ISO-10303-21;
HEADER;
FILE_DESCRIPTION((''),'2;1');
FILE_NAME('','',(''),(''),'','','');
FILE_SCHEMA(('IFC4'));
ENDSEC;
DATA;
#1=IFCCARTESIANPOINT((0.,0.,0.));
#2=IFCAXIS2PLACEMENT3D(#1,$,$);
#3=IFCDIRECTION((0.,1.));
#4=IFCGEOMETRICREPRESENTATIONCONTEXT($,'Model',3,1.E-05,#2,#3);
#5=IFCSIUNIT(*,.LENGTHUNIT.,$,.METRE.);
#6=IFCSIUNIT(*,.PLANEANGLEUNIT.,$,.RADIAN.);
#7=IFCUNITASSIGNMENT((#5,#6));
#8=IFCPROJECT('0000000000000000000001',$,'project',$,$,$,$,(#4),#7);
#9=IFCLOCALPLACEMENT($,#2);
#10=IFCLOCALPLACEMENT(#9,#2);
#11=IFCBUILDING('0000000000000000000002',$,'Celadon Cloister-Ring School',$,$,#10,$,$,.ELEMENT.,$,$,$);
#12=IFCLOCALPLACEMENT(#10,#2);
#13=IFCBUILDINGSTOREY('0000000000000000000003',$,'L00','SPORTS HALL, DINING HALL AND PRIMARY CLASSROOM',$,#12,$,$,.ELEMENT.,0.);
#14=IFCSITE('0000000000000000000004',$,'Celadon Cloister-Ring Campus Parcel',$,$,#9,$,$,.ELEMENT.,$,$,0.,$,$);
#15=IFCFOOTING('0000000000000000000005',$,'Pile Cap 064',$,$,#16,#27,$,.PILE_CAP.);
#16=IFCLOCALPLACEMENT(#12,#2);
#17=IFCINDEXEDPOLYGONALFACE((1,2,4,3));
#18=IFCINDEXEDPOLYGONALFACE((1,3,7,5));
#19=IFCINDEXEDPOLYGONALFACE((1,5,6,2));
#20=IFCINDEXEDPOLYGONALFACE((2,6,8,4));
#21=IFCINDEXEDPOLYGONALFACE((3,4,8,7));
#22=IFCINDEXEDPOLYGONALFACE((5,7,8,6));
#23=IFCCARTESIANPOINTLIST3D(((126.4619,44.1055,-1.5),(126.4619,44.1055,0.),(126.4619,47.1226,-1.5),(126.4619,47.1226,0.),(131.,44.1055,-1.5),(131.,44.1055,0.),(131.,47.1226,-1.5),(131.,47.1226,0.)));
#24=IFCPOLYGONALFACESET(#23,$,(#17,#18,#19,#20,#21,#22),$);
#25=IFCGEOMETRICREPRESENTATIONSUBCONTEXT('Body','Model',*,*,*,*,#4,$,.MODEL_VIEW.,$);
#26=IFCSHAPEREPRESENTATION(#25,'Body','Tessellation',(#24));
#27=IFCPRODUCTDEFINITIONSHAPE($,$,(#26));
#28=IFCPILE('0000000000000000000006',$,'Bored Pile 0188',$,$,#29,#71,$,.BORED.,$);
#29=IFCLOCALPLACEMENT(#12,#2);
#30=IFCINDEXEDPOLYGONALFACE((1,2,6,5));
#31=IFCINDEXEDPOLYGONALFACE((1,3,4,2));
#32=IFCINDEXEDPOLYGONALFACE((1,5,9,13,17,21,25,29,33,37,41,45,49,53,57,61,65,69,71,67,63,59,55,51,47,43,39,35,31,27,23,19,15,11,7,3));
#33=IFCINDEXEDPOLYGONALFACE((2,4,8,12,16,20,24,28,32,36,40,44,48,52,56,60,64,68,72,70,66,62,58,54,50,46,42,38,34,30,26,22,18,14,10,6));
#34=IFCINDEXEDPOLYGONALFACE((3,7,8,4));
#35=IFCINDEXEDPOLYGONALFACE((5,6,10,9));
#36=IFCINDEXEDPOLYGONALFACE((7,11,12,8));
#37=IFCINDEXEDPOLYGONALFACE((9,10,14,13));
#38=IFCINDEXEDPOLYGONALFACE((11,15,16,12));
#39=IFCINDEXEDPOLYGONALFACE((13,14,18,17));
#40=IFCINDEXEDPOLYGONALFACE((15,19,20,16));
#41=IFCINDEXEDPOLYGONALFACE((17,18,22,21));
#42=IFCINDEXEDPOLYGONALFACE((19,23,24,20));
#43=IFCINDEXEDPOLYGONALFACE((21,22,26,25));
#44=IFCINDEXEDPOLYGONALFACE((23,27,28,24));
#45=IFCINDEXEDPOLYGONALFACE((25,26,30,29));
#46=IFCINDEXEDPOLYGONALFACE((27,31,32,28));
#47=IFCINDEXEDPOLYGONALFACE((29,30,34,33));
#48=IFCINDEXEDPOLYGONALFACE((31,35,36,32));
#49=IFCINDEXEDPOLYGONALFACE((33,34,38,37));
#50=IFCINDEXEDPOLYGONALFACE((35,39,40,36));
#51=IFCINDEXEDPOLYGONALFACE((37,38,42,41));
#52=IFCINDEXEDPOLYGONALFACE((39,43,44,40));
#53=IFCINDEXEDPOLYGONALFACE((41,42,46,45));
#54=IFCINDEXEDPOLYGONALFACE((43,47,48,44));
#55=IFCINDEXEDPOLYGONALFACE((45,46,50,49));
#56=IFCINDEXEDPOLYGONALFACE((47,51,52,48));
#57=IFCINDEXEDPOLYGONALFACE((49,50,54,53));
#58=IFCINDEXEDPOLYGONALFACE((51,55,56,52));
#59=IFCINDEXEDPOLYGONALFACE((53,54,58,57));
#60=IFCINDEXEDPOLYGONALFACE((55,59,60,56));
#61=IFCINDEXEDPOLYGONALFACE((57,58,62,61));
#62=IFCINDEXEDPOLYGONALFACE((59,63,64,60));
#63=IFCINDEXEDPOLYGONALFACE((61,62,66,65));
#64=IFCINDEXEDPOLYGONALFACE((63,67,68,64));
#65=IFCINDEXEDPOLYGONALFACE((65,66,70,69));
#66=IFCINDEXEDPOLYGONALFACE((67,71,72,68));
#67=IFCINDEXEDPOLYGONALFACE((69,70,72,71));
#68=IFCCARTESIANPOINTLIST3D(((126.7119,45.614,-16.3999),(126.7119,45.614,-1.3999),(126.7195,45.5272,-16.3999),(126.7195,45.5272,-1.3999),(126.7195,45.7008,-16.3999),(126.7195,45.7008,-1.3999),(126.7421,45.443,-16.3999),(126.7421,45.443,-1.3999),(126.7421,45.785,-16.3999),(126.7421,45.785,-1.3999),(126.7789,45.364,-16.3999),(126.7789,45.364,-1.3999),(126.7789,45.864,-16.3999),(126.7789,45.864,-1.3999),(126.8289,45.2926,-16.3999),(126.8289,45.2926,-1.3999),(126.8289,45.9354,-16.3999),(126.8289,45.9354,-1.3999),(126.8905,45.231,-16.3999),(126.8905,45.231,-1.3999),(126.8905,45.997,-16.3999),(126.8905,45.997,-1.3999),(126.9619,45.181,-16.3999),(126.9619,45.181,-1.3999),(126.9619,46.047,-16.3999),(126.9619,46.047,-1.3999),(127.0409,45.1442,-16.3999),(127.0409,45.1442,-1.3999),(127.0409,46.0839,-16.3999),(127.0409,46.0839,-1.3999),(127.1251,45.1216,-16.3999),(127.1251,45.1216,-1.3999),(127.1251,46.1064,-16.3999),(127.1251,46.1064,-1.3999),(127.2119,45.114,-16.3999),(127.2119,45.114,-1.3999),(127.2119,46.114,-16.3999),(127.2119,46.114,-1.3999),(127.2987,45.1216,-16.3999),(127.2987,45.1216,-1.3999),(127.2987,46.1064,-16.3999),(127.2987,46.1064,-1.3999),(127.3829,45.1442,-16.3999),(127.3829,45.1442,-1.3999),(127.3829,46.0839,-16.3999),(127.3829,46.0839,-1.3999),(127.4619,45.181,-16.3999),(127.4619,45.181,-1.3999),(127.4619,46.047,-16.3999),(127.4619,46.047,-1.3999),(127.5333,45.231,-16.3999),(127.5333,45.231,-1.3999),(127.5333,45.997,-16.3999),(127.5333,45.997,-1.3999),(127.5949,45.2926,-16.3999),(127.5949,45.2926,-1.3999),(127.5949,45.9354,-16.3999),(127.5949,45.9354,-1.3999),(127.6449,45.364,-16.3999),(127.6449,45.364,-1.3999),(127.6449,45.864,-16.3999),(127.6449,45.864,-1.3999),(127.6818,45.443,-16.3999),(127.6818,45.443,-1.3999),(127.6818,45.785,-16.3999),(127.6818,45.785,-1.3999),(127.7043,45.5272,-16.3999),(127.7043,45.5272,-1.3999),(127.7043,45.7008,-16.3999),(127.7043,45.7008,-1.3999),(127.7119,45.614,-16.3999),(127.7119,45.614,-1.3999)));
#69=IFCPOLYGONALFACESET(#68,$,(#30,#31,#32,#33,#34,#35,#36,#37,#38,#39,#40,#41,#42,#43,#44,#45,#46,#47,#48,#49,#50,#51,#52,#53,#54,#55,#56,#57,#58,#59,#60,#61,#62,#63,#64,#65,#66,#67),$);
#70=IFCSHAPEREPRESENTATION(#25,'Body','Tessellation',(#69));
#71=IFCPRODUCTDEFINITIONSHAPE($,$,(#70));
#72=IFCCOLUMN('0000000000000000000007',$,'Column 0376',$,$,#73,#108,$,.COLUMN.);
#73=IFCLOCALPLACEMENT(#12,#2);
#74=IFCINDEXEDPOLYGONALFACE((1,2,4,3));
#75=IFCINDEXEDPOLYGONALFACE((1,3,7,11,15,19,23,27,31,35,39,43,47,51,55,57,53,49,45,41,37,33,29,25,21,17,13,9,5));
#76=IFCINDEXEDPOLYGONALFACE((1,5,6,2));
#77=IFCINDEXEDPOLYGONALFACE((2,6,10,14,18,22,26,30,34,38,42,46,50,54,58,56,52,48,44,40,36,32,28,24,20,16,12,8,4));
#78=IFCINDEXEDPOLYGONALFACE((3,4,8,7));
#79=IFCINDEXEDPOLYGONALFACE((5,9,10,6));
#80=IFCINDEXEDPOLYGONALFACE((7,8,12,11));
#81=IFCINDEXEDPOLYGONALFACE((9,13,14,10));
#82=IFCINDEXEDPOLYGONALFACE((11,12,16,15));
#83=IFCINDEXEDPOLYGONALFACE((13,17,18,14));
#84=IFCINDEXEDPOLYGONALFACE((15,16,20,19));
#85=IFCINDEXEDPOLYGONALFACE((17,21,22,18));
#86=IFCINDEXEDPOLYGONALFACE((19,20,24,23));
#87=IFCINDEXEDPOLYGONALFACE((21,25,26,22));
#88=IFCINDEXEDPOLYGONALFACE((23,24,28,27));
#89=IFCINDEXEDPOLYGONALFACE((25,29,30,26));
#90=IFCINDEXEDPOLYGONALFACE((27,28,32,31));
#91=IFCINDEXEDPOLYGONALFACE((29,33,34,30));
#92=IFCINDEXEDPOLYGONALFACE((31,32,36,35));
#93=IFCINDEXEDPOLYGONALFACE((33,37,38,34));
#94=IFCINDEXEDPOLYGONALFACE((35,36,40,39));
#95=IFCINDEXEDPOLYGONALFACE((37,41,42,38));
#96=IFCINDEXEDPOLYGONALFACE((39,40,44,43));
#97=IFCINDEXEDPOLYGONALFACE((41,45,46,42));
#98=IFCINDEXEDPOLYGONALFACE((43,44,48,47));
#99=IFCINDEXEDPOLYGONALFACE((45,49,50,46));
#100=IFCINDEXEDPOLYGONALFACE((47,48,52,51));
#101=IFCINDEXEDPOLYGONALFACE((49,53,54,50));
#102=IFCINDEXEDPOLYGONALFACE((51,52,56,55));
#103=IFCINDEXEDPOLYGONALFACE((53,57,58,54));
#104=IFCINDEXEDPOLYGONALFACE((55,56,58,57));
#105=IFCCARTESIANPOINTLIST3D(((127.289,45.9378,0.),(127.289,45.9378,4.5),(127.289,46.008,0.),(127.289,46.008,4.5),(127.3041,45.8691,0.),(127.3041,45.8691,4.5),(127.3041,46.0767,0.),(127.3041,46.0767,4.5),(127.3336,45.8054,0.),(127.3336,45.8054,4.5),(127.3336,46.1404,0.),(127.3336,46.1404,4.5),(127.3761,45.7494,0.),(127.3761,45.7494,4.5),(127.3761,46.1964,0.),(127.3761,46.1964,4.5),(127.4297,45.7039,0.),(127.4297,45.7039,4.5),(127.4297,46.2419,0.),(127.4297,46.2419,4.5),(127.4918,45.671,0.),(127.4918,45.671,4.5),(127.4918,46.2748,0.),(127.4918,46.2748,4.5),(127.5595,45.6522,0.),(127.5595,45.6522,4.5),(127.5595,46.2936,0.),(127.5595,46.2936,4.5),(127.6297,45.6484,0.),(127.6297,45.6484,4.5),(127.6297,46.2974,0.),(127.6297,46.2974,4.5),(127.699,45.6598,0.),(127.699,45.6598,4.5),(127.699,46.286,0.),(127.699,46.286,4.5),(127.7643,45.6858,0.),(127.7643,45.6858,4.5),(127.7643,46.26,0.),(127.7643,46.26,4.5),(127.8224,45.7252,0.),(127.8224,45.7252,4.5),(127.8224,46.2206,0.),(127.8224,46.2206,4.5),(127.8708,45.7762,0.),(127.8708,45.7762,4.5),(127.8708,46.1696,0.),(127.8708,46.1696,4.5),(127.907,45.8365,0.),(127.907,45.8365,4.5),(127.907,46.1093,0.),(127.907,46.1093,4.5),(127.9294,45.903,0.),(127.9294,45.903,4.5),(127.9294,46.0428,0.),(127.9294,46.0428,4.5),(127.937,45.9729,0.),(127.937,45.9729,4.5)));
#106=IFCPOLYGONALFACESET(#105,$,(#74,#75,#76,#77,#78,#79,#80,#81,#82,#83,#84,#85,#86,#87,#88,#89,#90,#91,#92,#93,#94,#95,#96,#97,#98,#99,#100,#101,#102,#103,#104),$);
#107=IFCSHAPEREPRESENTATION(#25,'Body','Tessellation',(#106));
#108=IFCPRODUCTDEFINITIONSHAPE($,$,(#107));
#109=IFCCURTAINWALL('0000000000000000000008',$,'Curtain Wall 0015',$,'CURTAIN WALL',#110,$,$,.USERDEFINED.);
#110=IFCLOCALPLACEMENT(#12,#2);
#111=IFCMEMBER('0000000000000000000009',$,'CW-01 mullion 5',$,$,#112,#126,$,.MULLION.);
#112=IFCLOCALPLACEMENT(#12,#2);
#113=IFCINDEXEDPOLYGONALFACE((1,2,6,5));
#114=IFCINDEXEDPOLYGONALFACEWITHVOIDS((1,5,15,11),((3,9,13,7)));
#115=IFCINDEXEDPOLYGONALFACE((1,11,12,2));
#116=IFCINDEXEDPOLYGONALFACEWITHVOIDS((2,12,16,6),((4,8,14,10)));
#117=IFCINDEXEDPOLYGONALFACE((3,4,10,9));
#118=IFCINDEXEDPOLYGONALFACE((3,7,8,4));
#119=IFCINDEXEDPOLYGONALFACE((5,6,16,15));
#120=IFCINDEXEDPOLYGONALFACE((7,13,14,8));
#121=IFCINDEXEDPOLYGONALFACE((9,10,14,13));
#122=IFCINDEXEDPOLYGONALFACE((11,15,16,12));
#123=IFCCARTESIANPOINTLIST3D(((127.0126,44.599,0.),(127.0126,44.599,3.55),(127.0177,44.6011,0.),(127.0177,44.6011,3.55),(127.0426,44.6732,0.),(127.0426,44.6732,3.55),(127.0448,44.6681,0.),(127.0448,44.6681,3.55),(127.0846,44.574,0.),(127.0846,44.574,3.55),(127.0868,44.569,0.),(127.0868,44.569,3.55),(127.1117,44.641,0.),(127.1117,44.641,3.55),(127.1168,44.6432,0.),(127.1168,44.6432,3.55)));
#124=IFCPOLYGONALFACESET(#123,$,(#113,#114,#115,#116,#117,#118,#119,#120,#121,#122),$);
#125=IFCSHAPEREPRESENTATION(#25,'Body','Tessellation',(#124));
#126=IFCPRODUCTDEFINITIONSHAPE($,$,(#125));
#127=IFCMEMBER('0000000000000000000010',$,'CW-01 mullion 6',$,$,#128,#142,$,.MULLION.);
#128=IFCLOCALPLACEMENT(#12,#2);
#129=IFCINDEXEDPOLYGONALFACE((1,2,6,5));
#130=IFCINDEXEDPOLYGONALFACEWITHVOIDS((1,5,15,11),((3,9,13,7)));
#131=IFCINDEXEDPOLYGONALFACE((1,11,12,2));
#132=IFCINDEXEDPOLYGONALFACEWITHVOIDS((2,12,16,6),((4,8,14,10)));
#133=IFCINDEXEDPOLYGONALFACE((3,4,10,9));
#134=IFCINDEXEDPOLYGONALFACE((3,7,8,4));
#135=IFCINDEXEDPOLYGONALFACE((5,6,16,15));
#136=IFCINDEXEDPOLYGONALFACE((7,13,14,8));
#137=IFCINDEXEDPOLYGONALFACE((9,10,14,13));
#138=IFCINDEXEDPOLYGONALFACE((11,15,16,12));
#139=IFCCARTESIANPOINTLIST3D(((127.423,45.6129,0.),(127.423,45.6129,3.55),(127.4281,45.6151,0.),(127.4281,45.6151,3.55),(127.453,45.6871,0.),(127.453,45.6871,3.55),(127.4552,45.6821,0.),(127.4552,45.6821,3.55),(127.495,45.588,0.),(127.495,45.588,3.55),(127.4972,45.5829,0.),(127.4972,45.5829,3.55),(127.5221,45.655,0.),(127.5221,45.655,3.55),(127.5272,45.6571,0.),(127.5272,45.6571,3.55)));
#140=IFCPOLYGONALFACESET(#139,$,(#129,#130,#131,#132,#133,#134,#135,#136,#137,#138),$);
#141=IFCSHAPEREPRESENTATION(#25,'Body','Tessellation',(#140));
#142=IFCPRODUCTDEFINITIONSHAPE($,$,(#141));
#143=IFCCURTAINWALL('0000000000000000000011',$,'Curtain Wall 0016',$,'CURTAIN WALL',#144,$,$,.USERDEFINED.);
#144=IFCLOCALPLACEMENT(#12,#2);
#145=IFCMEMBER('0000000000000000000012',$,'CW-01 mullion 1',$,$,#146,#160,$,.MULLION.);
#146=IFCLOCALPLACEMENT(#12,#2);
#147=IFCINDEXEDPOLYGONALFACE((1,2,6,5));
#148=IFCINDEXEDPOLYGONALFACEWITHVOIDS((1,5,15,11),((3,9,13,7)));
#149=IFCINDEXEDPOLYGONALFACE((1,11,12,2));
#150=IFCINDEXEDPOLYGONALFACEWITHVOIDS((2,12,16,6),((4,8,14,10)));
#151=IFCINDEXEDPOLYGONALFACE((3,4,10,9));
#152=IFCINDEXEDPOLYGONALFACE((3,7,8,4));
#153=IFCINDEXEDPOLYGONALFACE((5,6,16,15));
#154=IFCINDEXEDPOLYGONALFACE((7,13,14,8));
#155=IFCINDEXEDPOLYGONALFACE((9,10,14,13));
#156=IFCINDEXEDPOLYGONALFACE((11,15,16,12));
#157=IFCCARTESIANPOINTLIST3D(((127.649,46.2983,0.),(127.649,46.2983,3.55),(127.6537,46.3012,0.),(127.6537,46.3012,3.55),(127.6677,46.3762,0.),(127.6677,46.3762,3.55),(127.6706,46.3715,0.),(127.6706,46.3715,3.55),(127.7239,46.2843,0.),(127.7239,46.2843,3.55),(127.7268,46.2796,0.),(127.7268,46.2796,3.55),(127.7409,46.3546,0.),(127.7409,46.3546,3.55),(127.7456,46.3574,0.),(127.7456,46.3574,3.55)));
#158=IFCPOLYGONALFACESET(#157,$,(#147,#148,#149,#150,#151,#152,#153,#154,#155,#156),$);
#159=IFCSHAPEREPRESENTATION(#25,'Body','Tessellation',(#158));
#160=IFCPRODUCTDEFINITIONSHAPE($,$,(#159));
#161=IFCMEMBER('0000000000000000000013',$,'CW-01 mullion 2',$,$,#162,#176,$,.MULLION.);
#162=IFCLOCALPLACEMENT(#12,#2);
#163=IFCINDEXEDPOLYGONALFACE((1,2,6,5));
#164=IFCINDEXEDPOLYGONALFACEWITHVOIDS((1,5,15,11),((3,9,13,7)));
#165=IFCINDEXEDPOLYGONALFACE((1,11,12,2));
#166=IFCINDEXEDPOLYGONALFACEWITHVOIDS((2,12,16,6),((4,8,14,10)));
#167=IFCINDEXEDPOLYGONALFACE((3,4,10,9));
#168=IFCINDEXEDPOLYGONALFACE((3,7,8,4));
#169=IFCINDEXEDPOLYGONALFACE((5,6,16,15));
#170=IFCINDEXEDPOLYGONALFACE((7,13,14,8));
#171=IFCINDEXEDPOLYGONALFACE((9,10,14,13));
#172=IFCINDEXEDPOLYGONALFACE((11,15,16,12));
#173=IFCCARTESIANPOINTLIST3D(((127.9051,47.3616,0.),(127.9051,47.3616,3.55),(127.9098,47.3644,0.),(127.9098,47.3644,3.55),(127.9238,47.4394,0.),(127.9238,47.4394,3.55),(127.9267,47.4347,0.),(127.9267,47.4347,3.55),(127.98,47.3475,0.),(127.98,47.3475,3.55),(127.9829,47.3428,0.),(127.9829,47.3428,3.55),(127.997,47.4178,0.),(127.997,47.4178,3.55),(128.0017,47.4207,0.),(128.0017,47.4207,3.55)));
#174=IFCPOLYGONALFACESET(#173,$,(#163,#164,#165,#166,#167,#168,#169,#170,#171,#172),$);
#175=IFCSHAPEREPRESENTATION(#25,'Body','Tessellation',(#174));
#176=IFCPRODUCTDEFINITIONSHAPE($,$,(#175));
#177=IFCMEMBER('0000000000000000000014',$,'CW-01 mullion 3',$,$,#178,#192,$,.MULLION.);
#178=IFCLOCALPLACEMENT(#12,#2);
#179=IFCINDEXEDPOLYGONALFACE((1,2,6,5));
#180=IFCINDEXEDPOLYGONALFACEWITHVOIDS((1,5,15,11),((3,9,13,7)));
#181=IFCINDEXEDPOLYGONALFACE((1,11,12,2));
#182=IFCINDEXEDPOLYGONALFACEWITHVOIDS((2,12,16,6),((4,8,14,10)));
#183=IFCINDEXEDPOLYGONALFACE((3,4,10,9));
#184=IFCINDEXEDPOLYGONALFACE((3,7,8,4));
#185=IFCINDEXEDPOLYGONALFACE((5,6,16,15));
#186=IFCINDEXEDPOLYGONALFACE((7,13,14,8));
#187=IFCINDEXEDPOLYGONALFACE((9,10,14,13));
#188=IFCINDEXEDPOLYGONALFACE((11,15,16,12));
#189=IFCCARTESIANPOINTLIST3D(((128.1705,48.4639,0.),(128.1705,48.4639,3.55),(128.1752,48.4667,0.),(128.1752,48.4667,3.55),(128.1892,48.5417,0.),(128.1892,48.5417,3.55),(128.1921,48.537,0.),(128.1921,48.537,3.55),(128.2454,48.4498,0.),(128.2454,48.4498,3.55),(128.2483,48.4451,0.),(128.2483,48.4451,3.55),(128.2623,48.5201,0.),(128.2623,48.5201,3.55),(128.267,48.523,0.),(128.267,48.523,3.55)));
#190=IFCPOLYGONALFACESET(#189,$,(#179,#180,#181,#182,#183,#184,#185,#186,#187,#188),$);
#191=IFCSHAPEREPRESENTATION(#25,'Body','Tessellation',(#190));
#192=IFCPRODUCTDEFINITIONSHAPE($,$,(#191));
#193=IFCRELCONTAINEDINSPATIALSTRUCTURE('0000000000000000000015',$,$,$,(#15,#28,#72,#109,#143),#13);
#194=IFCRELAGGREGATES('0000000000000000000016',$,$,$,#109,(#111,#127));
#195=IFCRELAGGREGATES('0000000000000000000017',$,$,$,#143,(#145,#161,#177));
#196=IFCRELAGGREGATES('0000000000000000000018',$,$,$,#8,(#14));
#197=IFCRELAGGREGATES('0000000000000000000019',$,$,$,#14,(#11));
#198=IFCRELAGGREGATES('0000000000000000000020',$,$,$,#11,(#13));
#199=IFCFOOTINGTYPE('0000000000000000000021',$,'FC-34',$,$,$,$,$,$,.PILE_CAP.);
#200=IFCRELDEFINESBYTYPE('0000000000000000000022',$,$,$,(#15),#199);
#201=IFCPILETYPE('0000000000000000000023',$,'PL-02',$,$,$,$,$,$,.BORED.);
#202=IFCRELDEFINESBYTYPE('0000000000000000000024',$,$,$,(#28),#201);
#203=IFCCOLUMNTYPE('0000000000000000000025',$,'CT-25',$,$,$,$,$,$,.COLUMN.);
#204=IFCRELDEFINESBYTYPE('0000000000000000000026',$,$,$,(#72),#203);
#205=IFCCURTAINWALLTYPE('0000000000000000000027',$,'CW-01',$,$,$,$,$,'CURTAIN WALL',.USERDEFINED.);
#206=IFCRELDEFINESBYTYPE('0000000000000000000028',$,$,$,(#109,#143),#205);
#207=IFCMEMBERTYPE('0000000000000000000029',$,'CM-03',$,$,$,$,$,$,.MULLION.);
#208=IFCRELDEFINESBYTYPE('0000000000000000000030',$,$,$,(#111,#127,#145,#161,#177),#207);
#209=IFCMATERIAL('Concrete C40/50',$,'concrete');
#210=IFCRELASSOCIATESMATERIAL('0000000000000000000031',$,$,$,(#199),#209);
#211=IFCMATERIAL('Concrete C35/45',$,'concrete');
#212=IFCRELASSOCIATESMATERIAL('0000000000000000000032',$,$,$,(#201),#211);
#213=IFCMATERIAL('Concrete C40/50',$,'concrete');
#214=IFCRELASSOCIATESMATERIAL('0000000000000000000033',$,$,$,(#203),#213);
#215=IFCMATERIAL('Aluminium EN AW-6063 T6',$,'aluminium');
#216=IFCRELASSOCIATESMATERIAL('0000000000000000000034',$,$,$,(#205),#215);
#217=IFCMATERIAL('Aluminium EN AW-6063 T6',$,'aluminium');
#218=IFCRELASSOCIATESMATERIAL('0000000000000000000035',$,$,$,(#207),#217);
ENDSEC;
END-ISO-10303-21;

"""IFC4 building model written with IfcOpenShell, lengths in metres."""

from ifc_helpers import new_model, si_unit, direction, frame, origin, origin_2d, place, context, subcontext, project, spatial, rectangle, hollow_rectangle, circle, extrude, material, material_profile, profile_set, type_object, element, aggregate, save


model = new_model("IFC4")

# Units and contexts
model_context = context("Model", 3, precision=1e-05, world=origin(), true_north=direction((0.0, 1.0)))
body_context = subcontext(model_context, "Body", "Model", "MODEL_VIEW")
ifc_project = project(units=[si_unit("LENGTHUNIT", "METRE"), si_unit("PLANEANGLEUNIT", "RADIAN")], contexts=[model_context])

# Site, building, storey
site_placement = place(None, origin())
site = spatial("IfcSite", under=ifc_project, at=site_placement, Name="Celadon Cloister-Ring Campus Parcel", CompositionType="ELEMENT", RefElevation=0.0)
building_placement = place(site_placement, origin())
building = spatial("IfcBuilding", under=site, at=building_placement, Name="Celadon Cloister-Ring School", CompositionType="ELEMENT")
storey_placement = place(building_placement, origin())
storey = spatial("IfcBuildingStorey", under=building, at=storey_placement, Name="L00", Description="SPORTS HALL, DINING HALL AND PRIMARY CLASSROOM", CompositionType="ELEMENT", Elevation=0.0)

# Footing
ifc_material_1 = material(Name="Concrete C40/50", Category="concrete")
footing_type = type_object("IfcFootingType", Name="FC-34", PredefinedType="PILE_CAP", material=ifc_material_1)
footing_placement = place(storey_placement, frame((128.731, 45.614, -1.5), z_axis=(0.0, 0.0, 1.0), x_axis=(1.0, 0.0, 0.0)))
element("IfcFooting", 1, at=footing_placement, inside=storey, type_object=footing_type, Name="Pile Cap 064", PredefinedType="PILE_CAP", context=body_context, shape_type="SweptSolid", body=[
    extrude(rectangle(XDim=4.5381, YDim=3.0171, at=origin_2d()), origin(), (0.0, 0.0, 1.0), 1.5),
])

# Pile
ifc_material_2 = material(Name="Concrete C35/45", Category="concrete")
ifc_material_profile_1 = material_profile(ifc_material_2, circle(Radius=0.5, at=origin_2d()), Name="PILE1000")
ifc_profile_set_1 = profile_set([ifc_material_profile_1], Name="Concrete C35/45")
pile_type = type_object("IfcPileType", Name="PL-02", PredefinedType="BORED", material=ifc_profile_set_1)
pile_placement = place(storey_placement, frame((127.2119, 45.614, -1.3999), z_axis=(0.0, 0.0, -1.0), x_axis=(1.0, 0.0, 0.0)))
element("IfcPile", 2, at=pile_placement, inside=storey, type_object=pile_type, Name="Bored Pile 0188", PredefinedType="BORED", context=body_context, shape_type="SweptSolid", body=[
    extrude(circle(Radius=0.5, at=origin_2d()), origin(), (0.0, 0.0, 1.0), 15.0),
])

# Column
ifc_material_3 = material(Name="Concrete C40/50", Category="concrete")
ifc_material_profile_2 = material_profile(ifc_material_3, circle(Radius=0.325, at=origin_2d()), Name="CIRC650")
ifc_profile_set_2 = profile_set([ifc_material_profile_2], Name="Concrete C40/50")
column_type = type_object("IfcColumnType", Name="CT-25", PredefinedType="COLUMN", material=ifc_profile_set_2)
column_placement = place(storey_placement, frame((127.6121, 45.9729, 0.0), z_axis=(0.0, 0.0, 1.0), x_axis=(1.0, 0.0, 0.0)))
element("IfcColumn", 3, at=column_placement, inside=storey, type_object=column_type, Name="Column 0376", PredefinedType="COLUMN", context=body_context, shape_type="SweptSolid", body=[
    extrude(circle(Radius=0.325, at=origin_2d()), origin(), (0.0, 0.0, 1.0), 4.5),
])

# Curtain walls, members
ifc_material_4 = material(Name="Aluminium EN AW-6063 T6", Category="aluminium")
curtain_wall_type = type_object("IfcCurtainWallType", Name="CW-01", ElementType="CURTAIN WALL", PredefinedType="USERDEFINED", material=ifc_material_4)
curtain_wall_1_placement = place(storey_placement, origin())
curtain_wall_1 = element("IfcCurtainWall", 4, at=curtain_wall_1_placement, inside=storey, type_object=curtain_wall_type, Name="Curtain Wall 0015", ObjectType="CURTAIN WALL", PredefinedType="USERDEFINED")
ifc_material_5 = material(Name="Aluminium EN AW-6063 T6", Category="aluminium")
ifc_material_profile_3 = material_profile(ifc_material_5, hollow_rectangle(XDim=0.0801, YDim=0.0801, WallThickness=0.0039, at=origin_2d()), Name="RHS80X80X4")
ifc_profile_set_3 = profile_set([ifc_material_profile_3], Name="Aluminium EN AW-6063 T6")
member_type_1 = type_object("IfcMemberType", Name="CM-03", PredefinedType="MULLION", material=ifc_profile_set_3)
member_1_placement = place(storey_placement, frame((127.0647, 44.6211, 0.0), z_axis=(0.0, 0.0, 1.0), x_axis=(-0.92701, 0.375038, 0.0)))
member_1 = element("IfcMember", 5, at=member_1_placement, type_object=member_type_1, Name="CW-01 mullion 5", PredefinedType="MULLION", context=body_context, shape_type="SweptSolid", body=[
    extrude(hollow_rectangle(XDim=0.0801, YDim=0.0801, WallThickness=0.0039, at=origin_2d()), origin(), (0.0, 0.0, 1.0), 3.55),
])
member_2_placement = place(storey_placement, frame((127.4751, 45.635, 0.0), z_axis=(0.0, 0.0, 1.0), x_axis=(-0.92701, 0.375038, 0.0)))
member_2 = element("IfcMember", 6, at=member_2_placement, type_object=member_type_1, Name="CW-01 mullion 6", PredefinedType="MULLION", context=body_context, shape_type="SweptSolid", body=[
    extrude(hollow_rectangle(XDim=0.0801, YDim=0.0801, WallThickness=0.0039, at=origin_2d()), origin(), (0.0, 0.0, 1.0), 3.55),
])
curtain_wall_2_placement = place(storey_placement, origin())
curtain_wall_2 = element("IfcCurtainWall", 7, at=curtain_wall_2_placement, inside=storey, type_object=curtain_wall_type, Name="Curtain Wall 0016", ObjectType="CURTAIN WALL", PredefinedType="USERDEFINED")
member_3_placement = place(storey_placement, frame((127.6973, 46.3279, 0.0), z_axis=(0.0, 0.0, 1.0), x_axis=(-0.972212, 0.2341, 0.0)))
member_3 = element("IfcMember", 8, at=member_3_placement, type_object=member_type_1, Name="CW-01 mullion 1", PredefinedType="MULLION", context=body_context, shape_type="SweptSolid", body=[
    extrude(hollow_rectangle(XDim=0.0801, YDim=0.0801, WallThickness=0.0039, at=origin_2d()), origin(), (0.0, 0.0, 1.0), 3.55),
])
member_4_placement = place(storey_placement, frame((127.9534, 47.3911, 0.0), z_axis=(0.0, 0.0, 1.0), x_axis=(-0.972212, 0.2341, 0.0)))
member_4 = element("IfcMember", 9, at=member_4_placement, type_object=member_type_1, Name="CW-01 mullion 2", PredefinedType="MULLION", context=body_context, shape_type="SweptSolid", body=[
    extrude(hollow_rectangle(XDim=0.0801, YDim=0.0801, WallThickness=0.0039, at=origin_2d()), origin(), (0.0, 0.0, 1.0), 3.55),
])
member_5_placement = place(storey_placement, frame((128.2188, 48.4934, 0.0), z_axis=(0.0, 0.0, 1.0), x_axis=(-0.972212, 0.2341, 0.0)))
member_5 = element("IfcMember", 10, at=member_5_placement, type_object=member_type_1, Name="CW-01 mullion 3", PredefinedType="MULLION", context=body_context, shape_type="SweptSolid", body=[
    extrude(hollow_rectangle(XDim=0.0801, YDim=0.0801, WallThickness=0.0039, at=origin_2d()), origin(), (0.0, 0.0, 1.0), 3.55),
])

aggregate(curtain_wall_1, [member_1, member_2])
aggregate(curtain_wall_2, [member_3, member_4, member_5])

save(model, "model.ifc")
